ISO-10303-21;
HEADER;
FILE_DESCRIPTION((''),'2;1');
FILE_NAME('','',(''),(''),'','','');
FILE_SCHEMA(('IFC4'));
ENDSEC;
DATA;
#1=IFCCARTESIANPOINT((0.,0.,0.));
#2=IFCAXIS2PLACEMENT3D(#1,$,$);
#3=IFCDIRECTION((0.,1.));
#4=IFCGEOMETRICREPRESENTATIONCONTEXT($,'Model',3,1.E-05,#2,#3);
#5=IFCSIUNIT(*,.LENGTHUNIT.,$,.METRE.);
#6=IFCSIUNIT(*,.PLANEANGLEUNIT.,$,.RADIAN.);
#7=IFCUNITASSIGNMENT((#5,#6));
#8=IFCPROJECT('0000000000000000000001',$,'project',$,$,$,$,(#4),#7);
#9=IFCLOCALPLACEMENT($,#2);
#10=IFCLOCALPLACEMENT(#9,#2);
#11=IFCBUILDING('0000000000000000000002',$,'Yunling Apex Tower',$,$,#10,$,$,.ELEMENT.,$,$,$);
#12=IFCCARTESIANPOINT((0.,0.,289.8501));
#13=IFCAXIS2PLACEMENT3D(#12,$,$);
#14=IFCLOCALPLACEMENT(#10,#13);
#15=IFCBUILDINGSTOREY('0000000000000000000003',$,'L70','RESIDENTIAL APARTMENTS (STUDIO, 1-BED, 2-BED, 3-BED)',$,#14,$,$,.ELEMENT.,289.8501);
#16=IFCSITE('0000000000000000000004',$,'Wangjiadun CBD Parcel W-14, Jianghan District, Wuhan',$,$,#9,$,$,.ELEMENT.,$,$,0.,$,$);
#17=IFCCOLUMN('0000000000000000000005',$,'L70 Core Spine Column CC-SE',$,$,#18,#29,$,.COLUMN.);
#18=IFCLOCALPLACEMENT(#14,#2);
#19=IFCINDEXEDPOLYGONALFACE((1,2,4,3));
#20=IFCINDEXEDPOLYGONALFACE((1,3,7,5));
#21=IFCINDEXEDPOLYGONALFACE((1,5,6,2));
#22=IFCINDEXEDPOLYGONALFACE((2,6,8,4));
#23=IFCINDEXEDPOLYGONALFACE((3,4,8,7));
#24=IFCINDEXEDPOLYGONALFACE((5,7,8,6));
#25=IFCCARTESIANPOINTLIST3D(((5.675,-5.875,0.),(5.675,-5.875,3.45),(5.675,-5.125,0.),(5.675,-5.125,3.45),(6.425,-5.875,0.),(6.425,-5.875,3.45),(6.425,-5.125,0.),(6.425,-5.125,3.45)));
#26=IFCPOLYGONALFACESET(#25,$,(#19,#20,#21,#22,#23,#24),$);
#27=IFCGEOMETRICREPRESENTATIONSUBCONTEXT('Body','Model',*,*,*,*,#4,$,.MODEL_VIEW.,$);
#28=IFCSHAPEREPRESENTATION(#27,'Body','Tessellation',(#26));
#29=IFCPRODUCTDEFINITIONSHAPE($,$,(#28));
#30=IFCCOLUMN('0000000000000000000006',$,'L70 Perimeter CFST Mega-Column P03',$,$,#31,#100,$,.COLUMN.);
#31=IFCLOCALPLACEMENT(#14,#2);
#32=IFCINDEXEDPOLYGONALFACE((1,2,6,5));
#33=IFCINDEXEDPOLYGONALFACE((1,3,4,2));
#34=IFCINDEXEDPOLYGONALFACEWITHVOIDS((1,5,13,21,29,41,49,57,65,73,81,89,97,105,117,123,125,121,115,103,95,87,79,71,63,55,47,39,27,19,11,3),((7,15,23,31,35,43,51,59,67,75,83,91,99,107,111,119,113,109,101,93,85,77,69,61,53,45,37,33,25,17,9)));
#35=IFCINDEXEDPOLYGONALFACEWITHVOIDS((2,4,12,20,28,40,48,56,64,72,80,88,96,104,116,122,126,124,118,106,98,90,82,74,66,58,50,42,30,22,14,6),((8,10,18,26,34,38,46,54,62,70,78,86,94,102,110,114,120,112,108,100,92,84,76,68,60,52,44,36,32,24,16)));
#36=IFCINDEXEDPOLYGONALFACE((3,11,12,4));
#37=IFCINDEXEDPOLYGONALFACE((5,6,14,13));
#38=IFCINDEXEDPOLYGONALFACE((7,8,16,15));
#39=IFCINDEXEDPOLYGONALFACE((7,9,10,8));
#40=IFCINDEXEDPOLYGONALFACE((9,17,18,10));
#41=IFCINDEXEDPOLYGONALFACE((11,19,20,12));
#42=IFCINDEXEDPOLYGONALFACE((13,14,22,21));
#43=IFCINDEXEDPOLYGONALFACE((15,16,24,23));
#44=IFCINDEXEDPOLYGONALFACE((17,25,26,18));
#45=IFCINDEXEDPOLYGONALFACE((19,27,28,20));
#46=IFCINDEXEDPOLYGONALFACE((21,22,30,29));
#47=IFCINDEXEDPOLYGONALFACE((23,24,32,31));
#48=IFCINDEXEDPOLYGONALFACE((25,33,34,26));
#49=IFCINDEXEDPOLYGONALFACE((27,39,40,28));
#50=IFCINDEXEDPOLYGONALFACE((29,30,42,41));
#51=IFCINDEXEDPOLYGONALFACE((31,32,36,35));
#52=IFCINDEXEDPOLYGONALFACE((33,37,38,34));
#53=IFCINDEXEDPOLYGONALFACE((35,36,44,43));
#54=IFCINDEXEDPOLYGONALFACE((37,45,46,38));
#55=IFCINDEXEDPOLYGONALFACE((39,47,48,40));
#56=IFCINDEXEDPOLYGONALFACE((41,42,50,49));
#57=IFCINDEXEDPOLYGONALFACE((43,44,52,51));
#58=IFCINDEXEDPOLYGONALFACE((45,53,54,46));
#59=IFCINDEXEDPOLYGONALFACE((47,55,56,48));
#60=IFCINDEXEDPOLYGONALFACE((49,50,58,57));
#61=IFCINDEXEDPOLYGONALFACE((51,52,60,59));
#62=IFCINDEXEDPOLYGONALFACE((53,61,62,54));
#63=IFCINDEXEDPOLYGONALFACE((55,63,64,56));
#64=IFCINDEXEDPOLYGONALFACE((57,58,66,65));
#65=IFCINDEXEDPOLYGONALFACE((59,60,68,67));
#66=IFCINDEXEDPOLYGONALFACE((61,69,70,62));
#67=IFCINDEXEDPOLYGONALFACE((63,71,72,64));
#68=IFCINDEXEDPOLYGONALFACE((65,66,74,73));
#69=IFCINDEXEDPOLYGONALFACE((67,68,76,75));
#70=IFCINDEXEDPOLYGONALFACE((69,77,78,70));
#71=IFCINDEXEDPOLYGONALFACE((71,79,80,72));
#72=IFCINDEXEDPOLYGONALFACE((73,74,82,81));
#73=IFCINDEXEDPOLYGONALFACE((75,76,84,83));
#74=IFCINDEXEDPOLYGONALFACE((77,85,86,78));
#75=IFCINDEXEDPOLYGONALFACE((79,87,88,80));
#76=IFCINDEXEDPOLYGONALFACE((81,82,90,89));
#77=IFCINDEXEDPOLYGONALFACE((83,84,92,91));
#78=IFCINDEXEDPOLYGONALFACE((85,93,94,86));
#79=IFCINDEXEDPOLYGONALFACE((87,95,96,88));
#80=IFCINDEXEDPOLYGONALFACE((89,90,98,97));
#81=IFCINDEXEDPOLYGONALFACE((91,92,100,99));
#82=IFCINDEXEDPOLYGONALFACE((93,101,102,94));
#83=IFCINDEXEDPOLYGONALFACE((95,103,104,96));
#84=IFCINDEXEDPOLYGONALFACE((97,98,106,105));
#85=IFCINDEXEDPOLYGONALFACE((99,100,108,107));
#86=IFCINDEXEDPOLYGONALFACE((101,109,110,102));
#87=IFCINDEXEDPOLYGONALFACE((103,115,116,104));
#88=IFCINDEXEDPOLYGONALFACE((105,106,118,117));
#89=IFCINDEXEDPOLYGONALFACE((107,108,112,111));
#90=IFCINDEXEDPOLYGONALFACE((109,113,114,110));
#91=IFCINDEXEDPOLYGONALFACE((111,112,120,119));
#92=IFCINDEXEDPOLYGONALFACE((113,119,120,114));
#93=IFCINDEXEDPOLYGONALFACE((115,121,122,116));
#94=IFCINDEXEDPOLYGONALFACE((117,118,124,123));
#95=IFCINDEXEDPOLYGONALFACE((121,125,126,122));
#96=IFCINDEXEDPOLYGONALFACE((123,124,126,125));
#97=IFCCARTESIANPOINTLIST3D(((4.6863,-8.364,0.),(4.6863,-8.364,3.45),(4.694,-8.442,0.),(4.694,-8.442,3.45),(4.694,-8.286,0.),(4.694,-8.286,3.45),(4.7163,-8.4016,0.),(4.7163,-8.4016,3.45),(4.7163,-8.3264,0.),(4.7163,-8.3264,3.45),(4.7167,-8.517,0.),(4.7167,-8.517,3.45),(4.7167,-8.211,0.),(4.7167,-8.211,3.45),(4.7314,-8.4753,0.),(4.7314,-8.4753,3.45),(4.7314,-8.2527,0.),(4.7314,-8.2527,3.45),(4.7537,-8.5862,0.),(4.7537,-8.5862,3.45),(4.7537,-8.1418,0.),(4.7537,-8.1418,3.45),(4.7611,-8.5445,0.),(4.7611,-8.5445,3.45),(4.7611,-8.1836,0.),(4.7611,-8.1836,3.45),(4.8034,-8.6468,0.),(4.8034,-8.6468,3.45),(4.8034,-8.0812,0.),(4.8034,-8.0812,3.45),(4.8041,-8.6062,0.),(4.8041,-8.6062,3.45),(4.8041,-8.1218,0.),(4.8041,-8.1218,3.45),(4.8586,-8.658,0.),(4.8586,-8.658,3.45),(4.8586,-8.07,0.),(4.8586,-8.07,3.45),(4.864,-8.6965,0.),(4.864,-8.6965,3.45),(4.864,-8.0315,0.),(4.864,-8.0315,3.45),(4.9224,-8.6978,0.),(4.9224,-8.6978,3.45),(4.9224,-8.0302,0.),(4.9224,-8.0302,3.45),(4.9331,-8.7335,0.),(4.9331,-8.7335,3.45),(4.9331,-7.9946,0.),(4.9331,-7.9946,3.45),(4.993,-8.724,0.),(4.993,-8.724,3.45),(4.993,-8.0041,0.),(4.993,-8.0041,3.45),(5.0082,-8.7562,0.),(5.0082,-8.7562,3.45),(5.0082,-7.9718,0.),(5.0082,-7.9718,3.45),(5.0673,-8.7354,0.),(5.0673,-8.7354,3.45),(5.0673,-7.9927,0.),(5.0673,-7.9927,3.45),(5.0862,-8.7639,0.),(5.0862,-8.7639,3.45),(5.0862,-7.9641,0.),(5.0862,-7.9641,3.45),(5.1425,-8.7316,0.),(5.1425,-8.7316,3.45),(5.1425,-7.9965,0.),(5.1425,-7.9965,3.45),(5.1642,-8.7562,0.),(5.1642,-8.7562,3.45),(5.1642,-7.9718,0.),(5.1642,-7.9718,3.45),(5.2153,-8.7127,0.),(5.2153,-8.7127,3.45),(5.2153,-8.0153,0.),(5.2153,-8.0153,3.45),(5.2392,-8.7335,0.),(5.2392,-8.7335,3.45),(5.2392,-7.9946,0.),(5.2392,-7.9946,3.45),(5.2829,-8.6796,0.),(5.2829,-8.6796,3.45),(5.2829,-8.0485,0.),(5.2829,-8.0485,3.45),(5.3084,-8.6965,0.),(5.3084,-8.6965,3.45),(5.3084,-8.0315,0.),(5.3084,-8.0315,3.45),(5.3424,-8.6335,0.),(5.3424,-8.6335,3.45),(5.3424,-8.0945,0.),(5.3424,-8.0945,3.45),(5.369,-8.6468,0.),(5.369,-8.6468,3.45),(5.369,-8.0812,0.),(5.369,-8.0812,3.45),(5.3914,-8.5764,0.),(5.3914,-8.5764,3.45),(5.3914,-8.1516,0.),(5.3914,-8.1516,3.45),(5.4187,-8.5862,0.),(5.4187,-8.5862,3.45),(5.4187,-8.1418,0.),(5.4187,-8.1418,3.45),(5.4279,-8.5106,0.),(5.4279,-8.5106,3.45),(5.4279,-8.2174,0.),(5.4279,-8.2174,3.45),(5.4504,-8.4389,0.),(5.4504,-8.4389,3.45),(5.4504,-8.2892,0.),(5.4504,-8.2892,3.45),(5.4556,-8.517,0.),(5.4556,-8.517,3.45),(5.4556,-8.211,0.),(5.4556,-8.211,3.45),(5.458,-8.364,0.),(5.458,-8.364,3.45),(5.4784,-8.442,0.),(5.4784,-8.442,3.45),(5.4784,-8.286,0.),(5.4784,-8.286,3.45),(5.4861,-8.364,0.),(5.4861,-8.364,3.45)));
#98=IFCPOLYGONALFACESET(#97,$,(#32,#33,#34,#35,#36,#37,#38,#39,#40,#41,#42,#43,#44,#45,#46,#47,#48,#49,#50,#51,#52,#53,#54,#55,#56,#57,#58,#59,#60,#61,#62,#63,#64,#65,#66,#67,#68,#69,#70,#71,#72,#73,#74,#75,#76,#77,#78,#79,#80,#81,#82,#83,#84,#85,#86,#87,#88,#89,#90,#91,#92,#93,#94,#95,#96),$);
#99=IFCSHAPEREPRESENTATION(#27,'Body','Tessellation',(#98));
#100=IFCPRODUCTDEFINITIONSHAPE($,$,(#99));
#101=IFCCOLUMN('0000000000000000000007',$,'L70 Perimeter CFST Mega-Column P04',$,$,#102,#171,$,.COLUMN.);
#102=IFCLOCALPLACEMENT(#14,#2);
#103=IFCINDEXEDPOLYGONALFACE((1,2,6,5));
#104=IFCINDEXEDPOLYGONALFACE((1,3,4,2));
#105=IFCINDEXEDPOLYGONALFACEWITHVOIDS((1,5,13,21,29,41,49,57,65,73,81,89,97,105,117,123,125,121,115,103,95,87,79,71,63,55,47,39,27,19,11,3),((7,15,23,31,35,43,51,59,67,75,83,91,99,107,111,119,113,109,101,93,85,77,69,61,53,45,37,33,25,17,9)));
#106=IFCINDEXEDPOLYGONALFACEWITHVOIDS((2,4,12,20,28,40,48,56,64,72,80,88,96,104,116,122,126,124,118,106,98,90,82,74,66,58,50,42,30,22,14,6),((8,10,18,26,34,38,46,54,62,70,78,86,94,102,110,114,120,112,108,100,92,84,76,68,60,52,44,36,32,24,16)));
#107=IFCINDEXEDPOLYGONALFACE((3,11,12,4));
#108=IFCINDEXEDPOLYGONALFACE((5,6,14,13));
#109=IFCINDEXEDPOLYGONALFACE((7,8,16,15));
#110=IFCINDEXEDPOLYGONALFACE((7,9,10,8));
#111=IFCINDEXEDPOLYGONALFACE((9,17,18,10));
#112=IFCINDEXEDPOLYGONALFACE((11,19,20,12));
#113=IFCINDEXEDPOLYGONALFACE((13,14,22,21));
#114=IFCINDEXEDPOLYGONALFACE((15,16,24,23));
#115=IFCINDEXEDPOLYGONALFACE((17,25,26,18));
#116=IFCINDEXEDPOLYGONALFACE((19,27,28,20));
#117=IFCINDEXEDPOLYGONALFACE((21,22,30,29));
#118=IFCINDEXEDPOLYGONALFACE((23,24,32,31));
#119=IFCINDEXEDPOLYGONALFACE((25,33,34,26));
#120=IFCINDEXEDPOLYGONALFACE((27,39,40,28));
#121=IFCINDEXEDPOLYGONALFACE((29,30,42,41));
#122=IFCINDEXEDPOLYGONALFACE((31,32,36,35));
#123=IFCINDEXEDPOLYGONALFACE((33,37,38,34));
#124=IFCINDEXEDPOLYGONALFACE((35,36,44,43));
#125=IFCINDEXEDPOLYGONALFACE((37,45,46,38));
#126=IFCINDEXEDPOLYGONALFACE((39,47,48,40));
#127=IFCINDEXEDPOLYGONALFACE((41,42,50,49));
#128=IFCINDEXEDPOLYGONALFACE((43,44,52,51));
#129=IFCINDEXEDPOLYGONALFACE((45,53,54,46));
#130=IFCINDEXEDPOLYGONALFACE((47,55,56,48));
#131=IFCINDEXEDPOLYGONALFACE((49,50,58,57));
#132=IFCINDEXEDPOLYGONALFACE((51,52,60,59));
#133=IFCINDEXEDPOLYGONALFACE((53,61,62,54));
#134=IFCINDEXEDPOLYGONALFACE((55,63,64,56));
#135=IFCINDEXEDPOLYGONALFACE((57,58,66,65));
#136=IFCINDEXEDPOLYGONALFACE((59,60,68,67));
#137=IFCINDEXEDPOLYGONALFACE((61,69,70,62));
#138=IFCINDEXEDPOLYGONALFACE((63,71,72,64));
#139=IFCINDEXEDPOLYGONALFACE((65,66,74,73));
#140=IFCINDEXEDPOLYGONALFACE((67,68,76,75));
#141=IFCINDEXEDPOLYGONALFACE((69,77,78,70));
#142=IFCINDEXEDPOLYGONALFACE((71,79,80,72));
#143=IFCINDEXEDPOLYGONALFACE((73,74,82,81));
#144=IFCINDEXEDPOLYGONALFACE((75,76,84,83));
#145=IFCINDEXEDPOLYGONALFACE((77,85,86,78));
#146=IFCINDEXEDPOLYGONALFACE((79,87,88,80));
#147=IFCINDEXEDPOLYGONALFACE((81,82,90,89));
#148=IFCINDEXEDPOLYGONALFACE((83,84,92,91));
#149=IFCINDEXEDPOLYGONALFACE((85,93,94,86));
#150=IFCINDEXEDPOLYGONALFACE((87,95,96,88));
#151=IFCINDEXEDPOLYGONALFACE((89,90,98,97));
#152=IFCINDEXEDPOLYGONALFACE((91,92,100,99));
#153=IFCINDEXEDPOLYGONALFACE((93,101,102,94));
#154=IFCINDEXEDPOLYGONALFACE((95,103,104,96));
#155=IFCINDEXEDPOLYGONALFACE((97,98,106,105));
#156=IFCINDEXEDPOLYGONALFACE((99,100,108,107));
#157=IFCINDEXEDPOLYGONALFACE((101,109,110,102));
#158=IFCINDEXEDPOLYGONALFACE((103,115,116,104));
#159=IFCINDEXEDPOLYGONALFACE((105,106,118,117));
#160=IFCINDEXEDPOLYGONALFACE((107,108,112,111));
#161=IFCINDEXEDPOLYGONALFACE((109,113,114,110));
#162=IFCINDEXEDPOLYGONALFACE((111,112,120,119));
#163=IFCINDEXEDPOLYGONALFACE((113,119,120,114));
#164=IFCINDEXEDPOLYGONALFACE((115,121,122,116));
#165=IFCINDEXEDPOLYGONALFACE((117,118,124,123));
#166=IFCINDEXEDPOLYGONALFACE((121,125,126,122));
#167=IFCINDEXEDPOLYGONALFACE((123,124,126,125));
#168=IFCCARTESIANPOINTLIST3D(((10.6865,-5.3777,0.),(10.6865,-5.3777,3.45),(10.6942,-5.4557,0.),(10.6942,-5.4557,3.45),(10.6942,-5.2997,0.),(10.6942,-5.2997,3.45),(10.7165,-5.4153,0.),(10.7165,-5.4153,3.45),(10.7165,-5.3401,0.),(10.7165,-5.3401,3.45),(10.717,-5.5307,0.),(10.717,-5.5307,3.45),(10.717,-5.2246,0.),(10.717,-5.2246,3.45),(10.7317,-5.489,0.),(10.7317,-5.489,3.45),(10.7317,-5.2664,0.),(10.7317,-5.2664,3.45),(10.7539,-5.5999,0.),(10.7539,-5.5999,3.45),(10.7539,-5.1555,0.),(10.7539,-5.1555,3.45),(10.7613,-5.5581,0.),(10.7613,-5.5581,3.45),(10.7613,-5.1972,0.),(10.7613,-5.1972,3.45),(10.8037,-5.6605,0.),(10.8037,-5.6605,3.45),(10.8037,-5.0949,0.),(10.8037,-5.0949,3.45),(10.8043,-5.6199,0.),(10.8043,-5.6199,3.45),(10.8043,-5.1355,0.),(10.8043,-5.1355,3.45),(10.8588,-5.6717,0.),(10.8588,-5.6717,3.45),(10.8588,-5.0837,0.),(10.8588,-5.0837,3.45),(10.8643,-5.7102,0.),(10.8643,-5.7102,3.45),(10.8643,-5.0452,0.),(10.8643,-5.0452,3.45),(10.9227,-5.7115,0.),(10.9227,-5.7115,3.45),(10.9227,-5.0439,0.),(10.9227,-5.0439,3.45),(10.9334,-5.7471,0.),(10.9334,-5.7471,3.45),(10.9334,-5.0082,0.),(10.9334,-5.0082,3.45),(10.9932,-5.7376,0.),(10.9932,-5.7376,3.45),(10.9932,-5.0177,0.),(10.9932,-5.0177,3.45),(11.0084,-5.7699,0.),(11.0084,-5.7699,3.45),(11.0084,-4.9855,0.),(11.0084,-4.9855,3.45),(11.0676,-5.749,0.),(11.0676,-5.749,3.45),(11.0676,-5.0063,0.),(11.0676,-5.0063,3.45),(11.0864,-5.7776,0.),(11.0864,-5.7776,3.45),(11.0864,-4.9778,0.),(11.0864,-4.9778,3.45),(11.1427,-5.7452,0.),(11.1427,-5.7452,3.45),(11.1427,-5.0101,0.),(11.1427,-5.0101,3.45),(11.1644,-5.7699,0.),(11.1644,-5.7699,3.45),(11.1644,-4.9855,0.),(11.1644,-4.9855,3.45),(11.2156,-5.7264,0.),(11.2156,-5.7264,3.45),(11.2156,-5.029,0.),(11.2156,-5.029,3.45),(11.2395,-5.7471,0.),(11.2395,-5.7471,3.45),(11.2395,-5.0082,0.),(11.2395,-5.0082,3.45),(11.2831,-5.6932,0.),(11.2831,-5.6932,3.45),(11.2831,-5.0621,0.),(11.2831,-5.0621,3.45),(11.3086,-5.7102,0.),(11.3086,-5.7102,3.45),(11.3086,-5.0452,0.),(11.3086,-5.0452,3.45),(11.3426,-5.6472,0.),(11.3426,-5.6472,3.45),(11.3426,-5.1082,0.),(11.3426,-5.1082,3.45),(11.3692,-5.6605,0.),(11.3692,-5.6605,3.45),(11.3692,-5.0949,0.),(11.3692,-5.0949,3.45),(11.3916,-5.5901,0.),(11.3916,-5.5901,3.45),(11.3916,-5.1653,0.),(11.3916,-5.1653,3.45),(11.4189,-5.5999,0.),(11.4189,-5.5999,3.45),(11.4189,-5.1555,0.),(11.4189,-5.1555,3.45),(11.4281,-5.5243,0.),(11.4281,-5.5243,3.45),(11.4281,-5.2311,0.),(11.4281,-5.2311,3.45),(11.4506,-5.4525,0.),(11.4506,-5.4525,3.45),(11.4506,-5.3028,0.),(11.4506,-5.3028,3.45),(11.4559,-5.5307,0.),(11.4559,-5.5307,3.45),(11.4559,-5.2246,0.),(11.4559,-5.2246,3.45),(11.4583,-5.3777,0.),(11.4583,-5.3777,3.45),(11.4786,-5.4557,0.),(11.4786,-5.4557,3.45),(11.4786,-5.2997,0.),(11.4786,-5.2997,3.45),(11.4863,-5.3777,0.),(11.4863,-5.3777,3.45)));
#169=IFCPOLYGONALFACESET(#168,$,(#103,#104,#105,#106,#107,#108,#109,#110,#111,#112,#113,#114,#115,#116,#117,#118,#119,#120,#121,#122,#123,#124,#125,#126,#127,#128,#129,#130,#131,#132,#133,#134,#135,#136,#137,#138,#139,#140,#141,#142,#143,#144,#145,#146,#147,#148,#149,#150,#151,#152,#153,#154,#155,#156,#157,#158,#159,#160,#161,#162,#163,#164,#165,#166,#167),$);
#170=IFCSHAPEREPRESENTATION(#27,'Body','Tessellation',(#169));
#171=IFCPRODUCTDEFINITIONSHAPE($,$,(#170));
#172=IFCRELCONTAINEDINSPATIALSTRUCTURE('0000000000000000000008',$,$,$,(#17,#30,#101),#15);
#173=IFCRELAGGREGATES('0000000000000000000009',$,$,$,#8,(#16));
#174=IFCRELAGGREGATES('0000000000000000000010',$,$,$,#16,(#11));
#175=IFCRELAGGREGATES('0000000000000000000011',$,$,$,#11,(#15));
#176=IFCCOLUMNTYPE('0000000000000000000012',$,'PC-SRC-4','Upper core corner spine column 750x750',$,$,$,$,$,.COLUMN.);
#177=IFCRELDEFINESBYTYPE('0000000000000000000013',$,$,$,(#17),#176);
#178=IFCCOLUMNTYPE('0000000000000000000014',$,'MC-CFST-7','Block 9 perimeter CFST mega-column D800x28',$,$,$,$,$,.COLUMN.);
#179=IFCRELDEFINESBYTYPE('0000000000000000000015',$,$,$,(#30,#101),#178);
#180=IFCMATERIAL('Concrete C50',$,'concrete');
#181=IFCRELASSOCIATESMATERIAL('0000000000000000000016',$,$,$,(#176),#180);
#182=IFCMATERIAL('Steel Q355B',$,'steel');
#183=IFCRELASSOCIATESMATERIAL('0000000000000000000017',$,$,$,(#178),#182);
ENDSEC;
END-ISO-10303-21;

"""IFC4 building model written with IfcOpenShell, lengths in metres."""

from ifc_helpers import new_model, si_unit, direction, frame, origin, origin_2d, place, context, subcontext, project, spatial, rectangle, hollow_circle, extrude, source, transform, mapped, material, material_profile, profile_set, type_object, element, save


model = new_model("IFC4")

# Units and contexts
model_context = context("Model", 3, precision=1e-05, world=origin(), true_north=direction((0.0, 1.0)))
body_context = subcontext(model_context, "Body", "Model", "MODEL_VIEW")
ifc_project = project(units=[si_unit("LENGTHUNIT", "METRE"), si_unit("PLANEANGLEUNIT", "RADIAN")], contexts=[model_context])

# Site, building, storey
site_placement = place(None, origin())
site = spatial("IfcSite", under=ifc_project, at=site_placement, Name="Wangjiadun CBD Parcel W-14, Jianghan District, Wuhan", CompositionType="ELEMENT", RefElevation=0.0)
building_placement = place(site_placement, origin())
building = spatial("IfcBuilding", under=site, at=building_placement, Name="Yunling Apex Tower", CompositionType="ELEMENT")
storey_placement = place(building_placement, frame((0.0, 0.0, 289.8501)))
storey = spatial("IfcBuildingStorey", under=building, at=storey_placement, Name="L70", Description="RESIDENTIAL APARTMENTS (STUDIO, 1-BED, 2-BED, 3-BED)", CompositionType="ELEMENT", Elevation=289.8501)

# Columns
ifc_material_1 = material(Name="Concrete C50", Category="concrete")
ifc_material_profile_1 = material_profile(ifc_material_1, rectangle(XDim=0.75, YDim=0.75, at=origin_2d()))
ifc_profile_set_1 = profile_set([ifc_material_profile_1], Name="Concrete C50")
column_type_1 = type_object("IfcColumnType", Name="PC-SRC-4", Description="Upper core corner spine column 750x750", PredefinedType="COLUMN", material=ifc_profile_set_1)
shared_shape_1 = source(origin(), body_context, "Body", "SweptSolid", [
    extrude(rectangle(XDim=0.75, YDim=0.75, at=origin_2d()), origin(), (0.0, 0.0, 1.0), 3.45),
])
column_placement = place(storey_placement, frame((6.05, -5.5, 0.0), z_axis=(0.0, 0.0, 1.0), x_axis=(1.0, 0.0, 0.0)))
element("IfcColumn", 1, at=column_placement, inside=storey, type_object=column_type_1, Name="L70 Core Spine Column CC-SE", PredefinedType="COLUMN", context=body_context, shape_type="MappedRepresentation", body=[
    mapped(shared_shape_1, transform((0.0, 0.0, 0.0), scale=1.0)),
])
ifc_material_2 = material(Name="Steel Q355B", Category="steel")
ifc_material_profile_2 = material_profile(ifc_material_2, hollow_circle(Radius=0.3999, WallThickness=0.0281, at=origin_2d()))
ifc_profile_set_2 = profile_set([ifc_material_profile_2], Name="Steel Q355B")
column_type_2 = type_object("IfcColumnType", Name="MC-CFST-7", Description="Block 9 perimeter CFST mega-column D800x28", PredefinedType="COLUMN", material=ifc_profile_set_2)
shared_shape_2 = source(origin(), body_context, "Body", "SweptSolid", [
    extrude(hollow_circle(Radius=0.3999, WallThickness=0.0281, at=origin_2d()), origin(), (0.0, 0.0, 1.0), 3.45),
])
for number, where, z_axis, x_axis, name in (
    (2, (5.0862, -8.364, 0.0), (0.0, 0.0, 1.0), (1.0, 0.0, 0.0), "L70 Perimeter CFST Mega-Column P03"),
    (3, (11.0864, -5.3777, 0.0), (0.0, 0.0, 1.0), (1.0, 0.0, 0.0), "L70 Perimeter CFST Mega-Column P04"),
):
    element("IfcColumn", number, at=place(storey_placement, frame(where, z_axis=z_axis, x_axis=x_axis)), inside=storey, type_object=column_type_2, Name=name, PredefinedType="COLUMN", context=body_context, shape_type="MappedRepresentation", body=[
        mapped(shared_shape_2, transform((0.0, 0.0, 0.0), scale=1.0)),
    ])

save(model, "model.ifc")
